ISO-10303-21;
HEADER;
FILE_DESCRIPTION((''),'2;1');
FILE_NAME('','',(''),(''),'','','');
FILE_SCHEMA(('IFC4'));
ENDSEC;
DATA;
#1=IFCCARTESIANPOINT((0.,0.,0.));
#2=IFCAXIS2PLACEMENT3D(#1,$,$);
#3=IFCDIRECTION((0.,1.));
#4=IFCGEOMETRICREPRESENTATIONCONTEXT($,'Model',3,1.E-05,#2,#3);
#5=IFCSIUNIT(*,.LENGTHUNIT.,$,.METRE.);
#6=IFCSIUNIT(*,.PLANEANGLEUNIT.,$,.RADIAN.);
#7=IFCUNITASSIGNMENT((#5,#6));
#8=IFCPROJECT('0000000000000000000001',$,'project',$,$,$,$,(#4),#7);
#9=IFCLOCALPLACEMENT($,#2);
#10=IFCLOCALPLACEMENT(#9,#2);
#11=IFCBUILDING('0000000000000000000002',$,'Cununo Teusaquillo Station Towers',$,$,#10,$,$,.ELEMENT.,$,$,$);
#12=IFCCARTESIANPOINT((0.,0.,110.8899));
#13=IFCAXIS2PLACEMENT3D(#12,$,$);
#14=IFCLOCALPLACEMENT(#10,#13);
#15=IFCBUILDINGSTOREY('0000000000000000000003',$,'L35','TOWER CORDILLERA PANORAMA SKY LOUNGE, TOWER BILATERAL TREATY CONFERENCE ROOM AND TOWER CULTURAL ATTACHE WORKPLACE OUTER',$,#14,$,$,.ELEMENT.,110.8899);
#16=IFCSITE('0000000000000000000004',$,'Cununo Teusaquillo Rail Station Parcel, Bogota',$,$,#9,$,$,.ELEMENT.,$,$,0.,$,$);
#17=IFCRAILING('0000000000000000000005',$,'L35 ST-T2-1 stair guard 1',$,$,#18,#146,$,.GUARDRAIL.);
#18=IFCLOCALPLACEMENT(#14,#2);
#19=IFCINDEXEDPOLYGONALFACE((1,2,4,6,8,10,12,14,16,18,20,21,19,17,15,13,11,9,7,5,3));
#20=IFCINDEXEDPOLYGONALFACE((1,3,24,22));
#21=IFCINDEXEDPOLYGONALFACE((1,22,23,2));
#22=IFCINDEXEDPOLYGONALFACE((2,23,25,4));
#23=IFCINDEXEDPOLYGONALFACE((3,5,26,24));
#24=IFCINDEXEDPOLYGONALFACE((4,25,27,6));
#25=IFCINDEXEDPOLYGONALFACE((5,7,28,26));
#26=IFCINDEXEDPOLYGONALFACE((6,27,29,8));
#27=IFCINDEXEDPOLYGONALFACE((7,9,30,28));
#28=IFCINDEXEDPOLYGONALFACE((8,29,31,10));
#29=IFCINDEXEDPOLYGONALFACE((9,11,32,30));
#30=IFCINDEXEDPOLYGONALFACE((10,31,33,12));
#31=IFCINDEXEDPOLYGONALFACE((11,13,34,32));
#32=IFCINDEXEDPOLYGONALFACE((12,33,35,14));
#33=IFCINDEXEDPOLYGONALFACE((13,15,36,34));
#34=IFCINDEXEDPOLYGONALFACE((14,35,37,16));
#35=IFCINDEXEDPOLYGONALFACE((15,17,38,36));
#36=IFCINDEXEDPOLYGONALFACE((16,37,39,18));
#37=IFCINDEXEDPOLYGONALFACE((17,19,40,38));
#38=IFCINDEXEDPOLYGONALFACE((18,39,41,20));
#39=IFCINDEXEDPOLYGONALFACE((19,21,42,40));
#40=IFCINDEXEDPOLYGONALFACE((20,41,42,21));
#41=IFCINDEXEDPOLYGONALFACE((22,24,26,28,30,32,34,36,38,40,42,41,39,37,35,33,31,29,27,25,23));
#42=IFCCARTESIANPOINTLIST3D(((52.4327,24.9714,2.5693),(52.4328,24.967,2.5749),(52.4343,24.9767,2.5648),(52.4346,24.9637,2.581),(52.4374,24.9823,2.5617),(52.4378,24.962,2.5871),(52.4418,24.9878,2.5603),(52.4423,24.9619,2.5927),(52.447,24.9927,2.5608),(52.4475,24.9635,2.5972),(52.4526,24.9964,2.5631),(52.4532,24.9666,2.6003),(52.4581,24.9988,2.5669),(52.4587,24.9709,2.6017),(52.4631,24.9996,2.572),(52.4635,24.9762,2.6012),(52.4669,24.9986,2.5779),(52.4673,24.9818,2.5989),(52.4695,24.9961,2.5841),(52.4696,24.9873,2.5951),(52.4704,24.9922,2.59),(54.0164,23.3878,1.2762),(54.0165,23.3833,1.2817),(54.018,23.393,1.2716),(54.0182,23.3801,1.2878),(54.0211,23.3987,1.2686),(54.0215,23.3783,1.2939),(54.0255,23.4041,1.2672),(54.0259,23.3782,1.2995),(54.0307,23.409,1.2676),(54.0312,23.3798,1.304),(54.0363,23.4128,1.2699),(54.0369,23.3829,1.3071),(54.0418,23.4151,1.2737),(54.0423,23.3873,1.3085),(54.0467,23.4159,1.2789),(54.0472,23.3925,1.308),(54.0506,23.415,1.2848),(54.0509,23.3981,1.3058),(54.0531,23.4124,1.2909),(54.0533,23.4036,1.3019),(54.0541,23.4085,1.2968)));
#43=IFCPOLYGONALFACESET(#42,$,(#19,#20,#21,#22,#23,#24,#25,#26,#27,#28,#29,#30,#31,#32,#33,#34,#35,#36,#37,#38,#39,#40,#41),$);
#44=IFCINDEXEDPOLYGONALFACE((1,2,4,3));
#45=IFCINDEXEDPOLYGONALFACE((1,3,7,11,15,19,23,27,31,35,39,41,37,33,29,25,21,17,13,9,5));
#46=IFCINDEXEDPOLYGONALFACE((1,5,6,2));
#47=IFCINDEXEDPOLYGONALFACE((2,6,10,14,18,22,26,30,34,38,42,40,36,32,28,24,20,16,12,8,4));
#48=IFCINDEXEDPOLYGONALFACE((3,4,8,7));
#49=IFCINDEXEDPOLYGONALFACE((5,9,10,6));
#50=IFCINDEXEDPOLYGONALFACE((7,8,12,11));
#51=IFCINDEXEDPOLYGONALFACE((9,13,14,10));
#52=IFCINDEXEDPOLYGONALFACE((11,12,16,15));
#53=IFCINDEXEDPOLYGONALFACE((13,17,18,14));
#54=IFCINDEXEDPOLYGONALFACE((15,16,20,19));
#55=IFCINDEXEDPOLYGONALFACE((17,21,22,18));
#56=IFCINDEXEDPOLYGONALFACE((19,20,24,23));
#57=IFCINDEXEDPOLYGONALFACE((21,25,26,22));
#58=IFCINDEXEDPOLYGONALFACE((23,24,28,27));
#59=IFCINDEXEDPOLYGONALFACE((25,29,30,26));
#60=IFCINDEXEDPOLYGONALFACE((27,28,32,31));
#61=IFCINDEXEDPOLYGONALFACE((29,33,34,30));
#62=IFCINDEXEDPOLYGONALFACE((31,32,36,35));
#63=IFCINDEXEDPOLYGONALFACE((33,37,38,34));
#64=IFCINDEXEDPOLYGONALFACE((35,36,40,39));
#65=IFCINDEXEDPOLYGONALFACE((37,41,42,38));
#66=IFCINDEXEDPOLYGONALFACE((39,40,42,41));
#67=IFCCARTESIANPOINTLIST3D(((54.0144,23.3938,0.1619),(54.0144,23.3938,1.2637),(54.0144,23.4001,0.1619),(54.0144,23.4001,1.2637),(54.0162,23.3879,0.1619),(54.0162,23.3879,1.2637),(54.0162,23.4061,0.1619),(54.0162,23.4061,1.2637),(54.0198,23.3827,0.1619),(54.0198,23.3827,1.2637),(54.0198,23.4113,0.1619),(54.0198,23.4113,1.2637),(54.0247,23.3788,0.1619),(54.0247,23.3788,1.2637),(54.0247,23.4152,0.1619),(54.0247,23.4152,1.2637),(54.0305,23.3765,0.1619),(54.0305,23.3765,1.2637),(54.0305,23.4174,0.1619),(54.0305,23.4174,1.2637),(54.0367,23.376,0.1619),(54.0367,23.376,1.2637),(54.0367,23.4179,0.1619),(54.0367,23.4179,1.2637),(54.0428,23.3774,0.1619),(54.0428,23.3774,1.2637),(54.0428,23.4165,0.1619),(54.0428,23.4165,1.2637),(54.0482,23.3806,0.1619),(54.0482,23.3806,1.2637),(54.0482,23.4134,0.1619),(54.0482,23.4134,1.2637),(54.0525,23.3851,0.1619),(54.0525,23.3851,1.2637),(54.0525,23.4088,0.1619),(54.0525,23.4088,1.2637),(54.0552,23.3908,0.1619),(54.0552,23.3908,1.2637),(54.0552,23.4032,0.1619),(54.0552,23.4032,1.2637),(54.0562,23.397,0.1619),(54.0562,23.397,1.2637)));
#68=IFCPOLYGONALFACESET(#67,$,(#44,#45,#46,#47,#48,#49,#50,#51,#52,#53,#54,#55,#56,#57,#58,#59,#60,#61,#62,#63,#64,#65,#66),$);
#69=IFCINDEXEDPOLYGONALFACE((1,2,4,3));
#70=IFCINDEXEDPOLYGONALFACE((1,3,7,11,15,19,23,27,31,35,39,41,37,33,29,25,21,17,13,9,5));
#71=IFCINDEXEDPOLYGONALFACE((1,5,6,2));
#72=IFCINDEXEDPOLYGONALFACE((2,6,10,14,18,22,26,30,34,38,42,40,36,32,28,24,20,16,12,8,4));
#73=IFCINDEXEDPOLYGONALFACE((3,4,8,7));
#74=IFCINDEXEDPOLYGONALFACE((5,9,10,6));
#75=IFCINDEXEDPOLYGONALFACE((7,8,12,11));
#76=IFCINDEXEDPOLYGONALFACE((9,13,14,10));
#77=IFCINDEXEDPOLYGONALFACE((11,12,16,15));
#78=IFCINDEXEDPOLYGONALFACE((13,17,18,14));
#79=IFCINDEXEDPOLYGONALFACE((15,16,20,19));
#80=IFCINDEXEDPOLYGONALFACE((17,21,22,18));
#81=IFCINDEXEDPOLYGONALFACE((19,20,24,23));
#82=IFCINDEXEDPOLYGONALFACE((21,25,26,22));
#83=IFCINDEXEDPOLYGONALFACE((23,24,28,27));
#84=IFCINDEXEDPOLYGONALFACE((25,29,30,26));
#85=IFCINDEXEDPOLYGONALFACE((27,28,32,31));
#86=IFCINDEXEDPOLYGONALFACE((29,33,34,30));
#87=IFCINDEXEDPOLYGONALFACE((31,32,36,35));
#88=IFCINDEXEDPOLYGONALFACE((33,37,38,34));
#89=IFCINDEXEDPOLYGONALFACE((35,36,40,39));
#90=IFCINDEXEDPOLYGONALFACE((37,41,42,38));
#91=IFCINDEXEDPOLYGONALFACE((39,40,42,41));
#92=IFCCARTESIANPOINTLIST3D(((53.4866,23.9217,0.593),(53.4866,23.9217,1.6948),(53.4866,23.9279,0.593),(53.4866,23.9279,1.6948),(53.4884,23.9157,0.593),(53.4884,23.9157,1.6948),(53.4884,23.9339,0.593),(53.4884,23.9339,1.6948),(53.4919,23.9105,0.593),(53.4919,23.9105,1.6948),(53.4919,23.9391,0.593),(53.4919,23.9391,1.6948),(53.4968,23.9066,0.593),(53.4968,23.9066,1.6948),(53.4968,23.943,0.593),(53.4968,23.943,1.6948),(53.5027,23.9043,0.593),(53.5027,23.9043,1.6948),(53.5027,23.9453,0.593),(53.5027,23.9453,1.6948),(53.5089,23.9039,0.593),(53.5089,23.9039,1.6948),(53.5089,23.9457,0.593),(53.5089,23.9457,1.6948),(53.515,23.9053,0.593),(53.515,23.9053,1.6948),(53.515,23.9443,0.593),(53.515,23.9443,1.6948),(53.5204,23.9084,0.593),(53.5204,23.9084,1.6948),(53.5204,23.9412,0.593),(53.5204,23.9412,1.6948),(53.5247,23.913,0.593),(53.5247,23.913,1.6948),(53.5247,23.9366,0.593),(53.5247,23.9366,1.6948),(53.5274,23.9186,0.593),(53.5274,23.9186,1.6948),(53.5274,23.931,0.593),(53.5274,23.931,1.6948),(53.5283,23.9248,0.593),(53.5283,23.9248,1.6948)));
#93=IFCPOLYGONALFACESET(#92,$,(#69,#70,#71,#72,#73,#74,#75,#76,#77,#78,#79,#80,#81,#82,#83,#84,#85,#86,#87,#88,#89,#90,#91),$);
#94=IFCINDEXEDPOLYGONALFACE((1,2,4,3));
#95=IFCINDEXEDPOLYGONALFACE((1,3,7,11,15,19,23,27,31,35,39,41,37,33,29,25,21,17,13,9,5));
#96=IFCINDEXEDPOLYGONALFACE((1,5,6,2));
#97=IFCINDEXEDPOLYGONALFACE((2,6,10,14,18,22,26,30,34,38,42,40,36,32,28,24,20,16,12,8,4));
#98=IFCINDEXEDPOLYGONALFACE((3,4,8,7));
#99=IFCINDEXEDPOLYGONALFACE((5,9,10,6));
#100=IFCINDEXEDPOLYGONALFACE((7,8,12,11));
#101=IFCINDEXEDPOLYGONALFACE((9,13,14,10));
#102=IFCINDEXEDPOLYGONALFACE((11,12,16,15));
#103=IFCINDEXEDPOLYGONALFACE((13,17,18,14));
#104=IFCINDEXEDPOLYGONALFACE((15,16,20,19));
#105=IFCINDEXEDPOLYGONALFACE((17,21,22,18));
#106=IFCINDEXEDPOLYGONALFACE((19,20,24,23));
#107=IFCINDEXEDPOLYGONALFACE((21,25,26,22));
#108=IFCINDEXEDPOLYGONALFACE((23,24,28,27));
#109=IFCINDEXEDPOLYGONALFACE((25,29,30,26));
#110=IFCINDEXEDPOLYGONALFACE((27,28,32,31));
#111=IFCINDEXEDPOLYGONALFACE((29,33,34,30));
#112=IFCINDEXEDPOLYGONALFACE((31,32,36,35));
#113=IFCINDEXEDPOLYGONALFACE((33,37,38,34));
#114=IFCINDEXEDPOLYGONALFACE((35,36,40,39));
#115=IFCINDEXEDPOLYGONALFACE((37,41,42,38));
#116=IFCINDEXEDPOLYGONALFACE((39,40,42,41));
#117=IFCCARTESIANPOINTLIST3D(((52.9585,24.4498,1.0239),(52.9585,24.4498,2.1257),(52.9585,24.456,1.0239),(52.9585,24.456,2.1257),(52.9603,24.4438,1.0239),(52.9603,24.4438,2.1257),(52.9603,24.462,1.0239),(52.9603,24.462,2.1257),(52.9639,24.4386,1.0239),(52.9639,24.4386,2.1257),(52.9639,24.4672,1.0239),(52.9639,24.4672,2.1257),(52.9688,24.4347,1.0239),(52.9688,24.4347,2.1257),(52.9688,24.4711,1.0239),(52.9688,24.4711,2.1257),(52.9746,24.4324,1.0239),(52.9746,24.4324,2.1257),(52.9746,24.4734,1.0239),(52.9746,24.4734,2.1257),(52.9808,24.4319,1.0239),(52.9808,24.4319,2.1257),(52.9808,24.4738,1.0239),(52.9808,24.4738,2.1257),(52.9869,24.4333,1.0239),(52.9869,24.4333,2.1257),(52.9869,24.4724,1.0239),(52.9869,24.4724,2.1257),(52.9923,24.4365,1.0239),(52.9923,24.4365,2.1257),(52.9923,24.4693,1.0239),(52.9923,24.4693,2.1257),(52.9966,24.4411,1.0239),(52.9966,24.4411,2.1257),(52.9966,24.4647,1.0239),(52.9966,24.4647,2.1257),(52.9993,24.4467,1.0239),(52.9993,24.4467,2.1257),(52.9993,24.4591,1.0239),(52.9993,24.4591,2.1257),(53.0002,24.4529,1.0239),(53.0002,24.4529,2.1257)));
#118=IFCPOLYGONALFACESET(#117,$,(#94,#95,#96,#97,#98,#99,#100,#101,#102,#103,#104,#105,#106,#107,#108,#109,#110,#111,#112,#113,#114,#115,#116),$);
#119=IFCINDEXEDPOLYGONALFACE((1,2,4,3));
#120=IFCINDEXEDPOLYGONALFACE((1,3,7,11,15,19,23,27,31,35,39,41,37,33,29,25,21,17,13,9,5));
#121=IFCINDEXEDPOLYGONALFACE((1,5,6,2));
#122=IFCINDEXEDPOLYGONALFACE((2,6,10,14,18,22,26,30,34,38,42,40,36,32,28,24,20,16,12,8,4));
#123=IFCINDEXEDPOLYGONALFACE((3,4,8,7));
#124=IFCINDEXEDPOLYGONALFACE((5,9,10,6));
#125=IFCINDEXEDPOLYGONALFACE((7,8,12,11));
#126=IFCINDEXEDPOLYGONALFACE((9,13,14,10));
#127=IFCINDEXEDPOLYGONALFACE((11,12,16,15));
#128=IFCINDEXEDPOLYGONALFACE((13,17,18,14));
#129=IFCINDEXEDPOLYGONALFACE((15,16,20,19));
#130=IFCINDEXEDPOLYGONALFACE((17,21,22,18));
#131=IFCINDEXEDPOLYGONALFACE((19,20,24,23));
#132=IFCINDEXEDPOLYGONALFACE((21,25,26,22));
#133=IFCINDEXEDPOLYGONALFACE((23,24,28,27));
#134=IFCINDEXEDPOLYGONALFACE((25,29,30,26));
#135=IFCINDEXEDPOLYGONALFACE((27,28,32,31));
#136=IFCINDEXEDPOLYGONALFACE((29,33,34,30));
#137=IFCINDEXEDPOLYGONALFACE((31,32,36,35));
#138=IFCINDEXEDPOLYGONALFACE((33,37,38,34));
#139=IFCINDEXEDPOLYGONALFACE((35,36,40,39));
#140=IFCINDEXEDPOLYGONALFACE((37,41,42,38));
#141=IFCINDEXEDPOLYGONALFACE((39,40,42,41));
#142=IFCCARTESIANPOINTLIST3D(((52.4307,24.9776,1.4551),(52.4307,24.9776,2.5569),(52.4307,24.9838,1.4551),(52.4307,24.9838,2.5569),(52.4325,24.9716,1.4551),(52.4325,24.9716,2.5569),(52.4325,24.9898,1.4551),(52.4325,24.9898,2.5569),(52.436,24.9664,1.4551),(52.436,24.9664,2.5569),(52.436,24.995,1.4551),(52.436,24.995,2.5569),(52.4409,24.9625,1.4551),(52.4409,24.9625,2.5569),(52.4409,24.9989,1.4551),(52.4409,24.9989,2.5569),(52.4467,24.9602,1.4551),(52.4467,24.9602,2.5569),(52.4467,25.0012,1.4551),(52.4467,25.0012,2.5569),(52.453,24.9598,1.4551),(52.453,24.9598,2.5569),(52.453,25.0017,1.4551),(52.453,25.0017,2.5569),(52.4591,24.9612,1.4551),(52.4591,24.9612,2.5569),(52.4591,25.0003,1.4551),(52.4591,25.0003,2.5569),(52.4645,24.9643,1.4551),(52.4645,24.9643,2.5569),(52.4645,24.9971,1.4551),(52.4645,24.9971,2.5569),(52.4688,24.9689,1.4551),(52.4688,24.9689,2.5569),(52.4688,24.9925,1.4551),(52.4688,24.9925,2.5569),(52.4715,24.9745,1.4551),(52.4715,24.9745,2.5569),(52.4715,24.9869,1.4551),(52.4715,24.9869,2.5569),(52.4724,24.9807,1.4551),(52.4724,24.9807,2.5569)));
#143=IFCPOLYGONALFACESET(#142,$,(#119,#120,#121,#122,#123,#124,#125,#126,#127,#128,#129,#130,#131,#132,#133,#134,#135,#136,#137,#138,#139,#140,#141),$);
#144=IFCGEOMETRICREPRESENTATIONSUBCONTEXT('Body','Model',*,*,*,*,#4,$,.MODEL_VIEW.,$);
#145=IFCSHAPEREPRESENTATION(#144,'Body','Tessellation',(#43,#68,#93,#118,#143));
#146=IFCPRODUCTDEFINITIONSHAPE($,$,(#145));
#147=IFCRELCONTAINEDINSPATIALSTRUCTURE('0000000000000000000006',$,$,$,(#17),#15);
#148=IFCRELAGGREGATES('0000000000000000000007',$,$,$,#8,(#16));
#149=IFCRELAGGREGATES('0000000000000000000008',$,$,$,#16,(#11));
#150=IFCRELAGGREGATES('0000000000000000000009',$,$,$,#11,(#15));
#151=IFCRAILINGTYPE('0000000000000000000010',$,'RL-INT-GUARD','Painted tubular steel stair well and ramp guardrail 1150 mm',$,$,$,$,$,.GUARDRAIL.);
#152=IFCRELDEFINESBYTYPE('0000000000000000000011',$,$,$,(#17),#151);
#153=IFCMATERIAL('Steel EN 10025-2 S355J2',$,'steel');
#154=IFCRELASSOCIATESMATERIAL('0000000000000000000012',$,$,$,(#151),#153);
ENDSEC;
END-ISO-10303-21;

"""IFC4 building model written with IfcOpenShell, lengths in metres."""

from ifc_helpers import new_model, si_unit, direction, frame, origin, origin_2d, place, context, subcontext, project, spatial, circle, extrude, material, type_object, element, save


model = new_model("IFC4")

# Units and contexts
model_context = context("Model", 3, precision=1e-05, world=origin(), true_north=direction((0.0, 1.0)))
body_context = subcontext(model_context, "Body", "Model", "MODEL_VIEW")
ifc_project = project(units=[si_unit("LENGTHUNIT", "METRE"), si_unit("PLANEANGLEUNIT", "RADIAN")], contexts=[model_context])

# Site, building, storey
site_placement = place(None, origin())
site = spatial("IfcSite", under=ifc_project, at=site_placement, Name="Cununo Teusaquillo Rail Station Parcel, Bogota", CompositionType="ELEMENT", RefElevation=0.0)
building_placement = place(site_placement, origin())
building = spatial("IfcBuilding", under=site, at=building_placement, Name="Cununo Teusaquillo Station Towers", CompositionType="ELEMENT")
storey_placement = place(building_placement, frame((0.0, 0.0, 110.8899)))
storey = spatial("IfcBuildingStorey", under=building, at=storey_placement, Name="L35", Description="TOWER CORDILLERA PANORAMA SKY LOUNGE, TOWER BILATERAL TREATY CONFERENCE ROOM AND TOWER CULTURAL ATTACHE WORKPLACE OUTER", CompositionType="ELEMENT", Elevation=110.8899)

# Railing
ifc_material_1 = material(Name="Steel EN 10025-2 S355J2", Category="steel")
railing_type_1 = type_object("IfcRailingType", Name="RL-INT-GUARD", Description="Painted tubular steel stair well and ramp guardrail 1150 mm", PredefinedType="GUARDRAIL", material=ifc_material_1)
railing_1_placement = place(storey_placement, frame((54.0352, 23.397, 0.1619)))
element("IfcRailing", 1, at=railing_1_placement, inside=storey, type_object=railing_type_1, Name="L35 ST-T2-1 stair guard 1", PredefinedType="GUARDRAIL", context=body_context, shape_type="SweptSolid", body=[
    extrude(circle(Radius=0.0239, at=origin_2d()), frame((0.0, 0.0, 1.126), z_axis=(-0.612361, 0.612361, 0.500027), x_axis=(-0.707107, -0.707107, 0.0)), (0.0, 0.0, 1.0), 2.5862),
    extrude(circle(Radius=0.021, at=origin_2d()), origin(), (0.0, 0.0, 1.0), 1.1018),
    extrude(circle(Radius=0.021, at=origin_2d()), frame((-0.5278, 0.5278, 0.4312)), (0.0, 0.0, 1.0), 1.1018),
    extrude(circle(Radius=0.021, at=origin_2d()), frame((-1.0559, 1.0559, 0.8621)), (0.0, 0.0, 1.0), 1.1018),
    extrude(circle(Radius=0.021, at=origin_2d()), frame((-1.5837, 1.5837, 1.2932)), (0.0, 0.0, 1.0), 1.1018),
])

save(model, "model.ifc")
